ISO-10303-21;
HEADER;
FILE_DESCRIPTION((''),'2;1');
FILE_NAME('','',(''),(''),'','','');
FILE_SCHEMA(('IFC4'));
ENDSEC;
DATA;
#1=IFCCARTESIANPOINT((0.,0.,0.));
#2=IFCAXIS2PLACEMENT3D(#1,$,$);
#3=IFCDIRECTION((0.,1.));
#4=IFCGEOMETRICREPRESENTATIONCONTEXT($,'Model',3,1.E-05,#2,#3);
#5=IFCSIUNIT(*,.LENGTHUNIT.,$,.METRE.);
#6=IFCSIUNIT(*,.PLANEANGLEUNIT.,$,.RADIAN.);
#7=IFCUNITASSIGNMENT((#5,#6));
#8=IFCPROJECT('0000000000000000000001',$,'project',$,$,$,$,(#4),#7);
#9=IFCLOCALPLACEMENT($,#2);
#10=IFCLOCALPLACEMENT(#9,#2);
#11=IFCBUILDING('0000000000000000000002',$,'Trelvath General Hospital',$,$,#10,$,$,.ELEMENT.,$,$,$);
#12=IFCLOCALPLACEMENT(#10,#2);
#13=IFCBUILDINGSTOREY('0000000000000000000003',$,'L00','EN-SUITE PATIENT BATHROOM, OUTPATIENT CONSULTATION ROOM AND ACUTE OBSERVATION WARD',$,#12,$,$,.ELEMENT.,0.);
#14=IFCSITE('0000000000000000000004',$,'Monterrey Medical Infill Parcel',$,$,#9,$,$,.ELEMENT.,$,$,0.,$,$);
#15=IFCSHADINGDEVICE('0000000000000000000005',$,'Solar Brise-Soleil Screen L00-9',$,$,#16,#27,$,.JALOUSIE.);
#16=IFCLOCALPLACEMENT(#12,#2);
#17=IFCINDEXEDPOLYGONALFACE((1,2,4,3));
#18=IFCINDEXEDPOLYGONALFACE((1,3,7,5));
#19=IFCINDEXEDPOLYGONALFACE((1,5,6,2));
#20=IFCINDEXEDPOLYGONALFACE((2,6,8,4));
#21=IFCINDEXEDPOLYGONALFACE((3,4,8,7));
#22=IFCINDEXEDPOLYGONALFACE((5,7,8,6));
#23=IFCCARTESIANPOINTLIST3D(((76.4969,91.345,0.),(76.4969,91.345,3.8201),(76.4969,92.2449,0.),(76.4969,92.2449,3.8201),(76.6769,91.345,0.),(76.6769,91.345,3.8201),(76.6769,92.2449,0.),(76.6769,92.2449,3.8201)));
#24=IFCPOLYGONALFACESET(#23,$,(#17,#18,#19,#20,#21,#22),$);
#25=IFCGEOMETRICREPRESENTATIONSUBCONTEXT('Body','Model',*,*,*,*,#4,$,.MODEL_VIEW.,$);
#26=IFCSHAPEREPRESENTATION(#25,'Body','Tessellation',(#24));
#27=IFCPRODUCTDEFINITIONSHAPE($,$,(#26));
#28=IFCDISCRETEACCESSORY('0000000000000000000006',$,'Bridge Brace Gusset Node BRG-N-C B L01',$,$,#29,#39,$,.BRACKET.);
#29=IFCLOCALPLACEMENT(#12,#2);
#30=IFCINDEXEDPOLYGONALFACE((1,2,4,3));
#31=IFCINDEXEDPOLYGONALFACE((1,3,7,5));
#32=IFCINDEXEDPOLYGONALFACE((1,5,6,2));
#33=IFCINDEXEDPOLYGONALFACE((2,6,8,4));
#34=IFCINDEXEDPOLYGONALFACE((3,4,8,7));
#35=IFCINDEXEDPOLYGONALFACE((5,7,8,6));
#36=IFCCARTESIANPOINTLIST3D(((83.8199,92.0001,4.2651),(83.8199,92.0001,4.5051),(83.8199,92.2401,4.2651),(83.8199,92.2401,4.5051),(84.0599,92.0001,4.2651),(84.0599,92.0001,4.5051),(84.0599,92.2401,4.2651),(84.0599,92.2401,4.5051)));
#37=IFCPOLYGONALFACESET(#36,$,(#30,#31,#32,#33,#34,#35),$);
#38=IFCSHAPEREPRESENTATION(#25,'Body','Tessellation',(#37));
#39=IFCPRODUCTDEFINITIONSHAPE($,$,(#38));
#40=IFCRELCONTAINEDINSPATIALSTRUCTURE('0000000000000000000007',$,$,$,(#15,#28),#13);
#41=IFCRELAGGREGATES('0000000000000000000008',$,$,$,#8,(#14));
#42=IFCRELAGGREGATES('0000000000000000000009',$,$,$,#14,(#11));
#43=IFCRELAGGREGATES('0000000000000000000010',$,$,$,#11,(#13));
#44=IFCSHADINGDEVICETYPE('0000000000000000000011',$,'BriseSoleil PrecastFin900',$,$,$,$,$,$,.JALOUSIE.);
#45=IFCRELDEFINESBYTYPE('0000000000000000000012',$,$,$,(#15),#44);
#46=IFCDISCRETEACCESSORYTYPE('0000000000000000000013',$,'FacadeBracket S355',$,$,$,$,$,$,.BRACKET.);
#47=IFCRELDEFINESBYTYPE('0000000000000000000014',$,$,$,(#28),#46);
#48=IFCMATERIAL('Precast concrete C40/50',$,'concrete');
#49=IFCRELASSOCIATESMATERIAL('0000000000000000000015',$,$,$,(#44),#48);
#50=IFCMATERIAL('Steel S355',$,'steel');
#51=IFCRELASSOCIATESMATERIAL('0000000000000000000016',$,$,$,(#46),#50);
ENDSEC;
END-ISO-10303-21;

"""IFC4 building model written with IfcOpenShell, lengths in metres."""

from ifc_helpers import new_model, si_unit, direction, frame, origin, origin_2d, place, context, subcontext, project, spatial, rectangle, extrude, material, type_object, element, save


model = new_model("IFC4")

# Units and contexts
model_context = context("Model", 3, precision=1e-05, world=origin(), true_north=direction((0.0, 1.0)))
body_context = subcontext(model_context, "Body", "Model", "MODEL_VIEW")
ifc_project = project(units=[si_unit("LENGTHUNIT", "METRE"), si_unit("PLANEANGLEUNIT", "RADIAN")], contexts=[model_context])

# Site, building, storey
site_placement = place(None, origin())
site = spatial("IfcSite", under=ifc_project, at=site_placement, Name="Monterrey Medical Infill Parcel", CompositionType="ELEMENT", RefElevation=0.0)
building_placement = place(site_placement, origin())
building = spatial("IfcBuilding", under=site, at=building_placement, Name="Trelvath General Hospital", CompositionType="ELEMENT")
storey_placement = place(building_placement, origin())
storey = spatial("IfcBuildingStorey", under=building, at=storey_placement, Name="L00", Description="EN-SUITE PATIENT BATHROOM, OUTPATIENT CONSULTATION ROOM AND ACUTE OBSERVATION WARD", CompositionType="ELEMENT", Elevation=0.0)

# Shading device
ifc_material_1 = material(Name="Precast concrete C40/50", Category="concrete")
shading_device_type = type_object("IfcShadingDeviceType", Name="BriseSoleil PrecastFin900", PredefinedType="JALOUSIE", material=ifc_material_1)
shading_device_placement = place(storey_placement, frame((76.5869, 91.7949, 0.0), z_axis=(0.0, 0.0, 1.0), x_axis=(0.0, -1.0, 0.0)))
element("IfcShadingDevice", 1, at=shading_device_placement, inside=storey, type_object=shading_device_type, Name="Solar Brise-Soleil Screen L00-9", PredefinedType="JALOUSIE", context=body_context, shape_type="SweptSolid", body=[
    extrude(rectangle(XDim=0.8999, YDim=0.1799, at=origin_2d()), origin(), (0.0, 0.0, 1.0), 3.8201),
])

# Discrete accessory
ifc_material_2 = material(Name="Steel S355", Category="steel")
discrete_accessory_type = type_object("IfcDiscreteAccessoryType", Name="FacadeBracket S355", PredefinedType="BRACKET", material=ifc_material_2)
discrete_accessory_placement = place(storey_placement, frame((83.9399, 92.1201, 4.2651), z_axis=(0.0, 0.0, 1.0), x_axis=(1.0, 0.0, 0.0)))
element("IfcDiscreteAccessory", 2, at=discrete_accessory_placement, inside=storey, type_object=discrete_accessory_type, Name="Bridge Brace Gusset Node BRG-N-C B L01", PredefinedType="BRACKET", context=body_context, shape_type="SweptSolid", body=[
    extrude(rectangle(XDim=0.24, YDim=0.24, at=origin_2d()), origin(), (0.0, 0.0, 1.0), 0.24),
])

save(model, "model.ifc")
